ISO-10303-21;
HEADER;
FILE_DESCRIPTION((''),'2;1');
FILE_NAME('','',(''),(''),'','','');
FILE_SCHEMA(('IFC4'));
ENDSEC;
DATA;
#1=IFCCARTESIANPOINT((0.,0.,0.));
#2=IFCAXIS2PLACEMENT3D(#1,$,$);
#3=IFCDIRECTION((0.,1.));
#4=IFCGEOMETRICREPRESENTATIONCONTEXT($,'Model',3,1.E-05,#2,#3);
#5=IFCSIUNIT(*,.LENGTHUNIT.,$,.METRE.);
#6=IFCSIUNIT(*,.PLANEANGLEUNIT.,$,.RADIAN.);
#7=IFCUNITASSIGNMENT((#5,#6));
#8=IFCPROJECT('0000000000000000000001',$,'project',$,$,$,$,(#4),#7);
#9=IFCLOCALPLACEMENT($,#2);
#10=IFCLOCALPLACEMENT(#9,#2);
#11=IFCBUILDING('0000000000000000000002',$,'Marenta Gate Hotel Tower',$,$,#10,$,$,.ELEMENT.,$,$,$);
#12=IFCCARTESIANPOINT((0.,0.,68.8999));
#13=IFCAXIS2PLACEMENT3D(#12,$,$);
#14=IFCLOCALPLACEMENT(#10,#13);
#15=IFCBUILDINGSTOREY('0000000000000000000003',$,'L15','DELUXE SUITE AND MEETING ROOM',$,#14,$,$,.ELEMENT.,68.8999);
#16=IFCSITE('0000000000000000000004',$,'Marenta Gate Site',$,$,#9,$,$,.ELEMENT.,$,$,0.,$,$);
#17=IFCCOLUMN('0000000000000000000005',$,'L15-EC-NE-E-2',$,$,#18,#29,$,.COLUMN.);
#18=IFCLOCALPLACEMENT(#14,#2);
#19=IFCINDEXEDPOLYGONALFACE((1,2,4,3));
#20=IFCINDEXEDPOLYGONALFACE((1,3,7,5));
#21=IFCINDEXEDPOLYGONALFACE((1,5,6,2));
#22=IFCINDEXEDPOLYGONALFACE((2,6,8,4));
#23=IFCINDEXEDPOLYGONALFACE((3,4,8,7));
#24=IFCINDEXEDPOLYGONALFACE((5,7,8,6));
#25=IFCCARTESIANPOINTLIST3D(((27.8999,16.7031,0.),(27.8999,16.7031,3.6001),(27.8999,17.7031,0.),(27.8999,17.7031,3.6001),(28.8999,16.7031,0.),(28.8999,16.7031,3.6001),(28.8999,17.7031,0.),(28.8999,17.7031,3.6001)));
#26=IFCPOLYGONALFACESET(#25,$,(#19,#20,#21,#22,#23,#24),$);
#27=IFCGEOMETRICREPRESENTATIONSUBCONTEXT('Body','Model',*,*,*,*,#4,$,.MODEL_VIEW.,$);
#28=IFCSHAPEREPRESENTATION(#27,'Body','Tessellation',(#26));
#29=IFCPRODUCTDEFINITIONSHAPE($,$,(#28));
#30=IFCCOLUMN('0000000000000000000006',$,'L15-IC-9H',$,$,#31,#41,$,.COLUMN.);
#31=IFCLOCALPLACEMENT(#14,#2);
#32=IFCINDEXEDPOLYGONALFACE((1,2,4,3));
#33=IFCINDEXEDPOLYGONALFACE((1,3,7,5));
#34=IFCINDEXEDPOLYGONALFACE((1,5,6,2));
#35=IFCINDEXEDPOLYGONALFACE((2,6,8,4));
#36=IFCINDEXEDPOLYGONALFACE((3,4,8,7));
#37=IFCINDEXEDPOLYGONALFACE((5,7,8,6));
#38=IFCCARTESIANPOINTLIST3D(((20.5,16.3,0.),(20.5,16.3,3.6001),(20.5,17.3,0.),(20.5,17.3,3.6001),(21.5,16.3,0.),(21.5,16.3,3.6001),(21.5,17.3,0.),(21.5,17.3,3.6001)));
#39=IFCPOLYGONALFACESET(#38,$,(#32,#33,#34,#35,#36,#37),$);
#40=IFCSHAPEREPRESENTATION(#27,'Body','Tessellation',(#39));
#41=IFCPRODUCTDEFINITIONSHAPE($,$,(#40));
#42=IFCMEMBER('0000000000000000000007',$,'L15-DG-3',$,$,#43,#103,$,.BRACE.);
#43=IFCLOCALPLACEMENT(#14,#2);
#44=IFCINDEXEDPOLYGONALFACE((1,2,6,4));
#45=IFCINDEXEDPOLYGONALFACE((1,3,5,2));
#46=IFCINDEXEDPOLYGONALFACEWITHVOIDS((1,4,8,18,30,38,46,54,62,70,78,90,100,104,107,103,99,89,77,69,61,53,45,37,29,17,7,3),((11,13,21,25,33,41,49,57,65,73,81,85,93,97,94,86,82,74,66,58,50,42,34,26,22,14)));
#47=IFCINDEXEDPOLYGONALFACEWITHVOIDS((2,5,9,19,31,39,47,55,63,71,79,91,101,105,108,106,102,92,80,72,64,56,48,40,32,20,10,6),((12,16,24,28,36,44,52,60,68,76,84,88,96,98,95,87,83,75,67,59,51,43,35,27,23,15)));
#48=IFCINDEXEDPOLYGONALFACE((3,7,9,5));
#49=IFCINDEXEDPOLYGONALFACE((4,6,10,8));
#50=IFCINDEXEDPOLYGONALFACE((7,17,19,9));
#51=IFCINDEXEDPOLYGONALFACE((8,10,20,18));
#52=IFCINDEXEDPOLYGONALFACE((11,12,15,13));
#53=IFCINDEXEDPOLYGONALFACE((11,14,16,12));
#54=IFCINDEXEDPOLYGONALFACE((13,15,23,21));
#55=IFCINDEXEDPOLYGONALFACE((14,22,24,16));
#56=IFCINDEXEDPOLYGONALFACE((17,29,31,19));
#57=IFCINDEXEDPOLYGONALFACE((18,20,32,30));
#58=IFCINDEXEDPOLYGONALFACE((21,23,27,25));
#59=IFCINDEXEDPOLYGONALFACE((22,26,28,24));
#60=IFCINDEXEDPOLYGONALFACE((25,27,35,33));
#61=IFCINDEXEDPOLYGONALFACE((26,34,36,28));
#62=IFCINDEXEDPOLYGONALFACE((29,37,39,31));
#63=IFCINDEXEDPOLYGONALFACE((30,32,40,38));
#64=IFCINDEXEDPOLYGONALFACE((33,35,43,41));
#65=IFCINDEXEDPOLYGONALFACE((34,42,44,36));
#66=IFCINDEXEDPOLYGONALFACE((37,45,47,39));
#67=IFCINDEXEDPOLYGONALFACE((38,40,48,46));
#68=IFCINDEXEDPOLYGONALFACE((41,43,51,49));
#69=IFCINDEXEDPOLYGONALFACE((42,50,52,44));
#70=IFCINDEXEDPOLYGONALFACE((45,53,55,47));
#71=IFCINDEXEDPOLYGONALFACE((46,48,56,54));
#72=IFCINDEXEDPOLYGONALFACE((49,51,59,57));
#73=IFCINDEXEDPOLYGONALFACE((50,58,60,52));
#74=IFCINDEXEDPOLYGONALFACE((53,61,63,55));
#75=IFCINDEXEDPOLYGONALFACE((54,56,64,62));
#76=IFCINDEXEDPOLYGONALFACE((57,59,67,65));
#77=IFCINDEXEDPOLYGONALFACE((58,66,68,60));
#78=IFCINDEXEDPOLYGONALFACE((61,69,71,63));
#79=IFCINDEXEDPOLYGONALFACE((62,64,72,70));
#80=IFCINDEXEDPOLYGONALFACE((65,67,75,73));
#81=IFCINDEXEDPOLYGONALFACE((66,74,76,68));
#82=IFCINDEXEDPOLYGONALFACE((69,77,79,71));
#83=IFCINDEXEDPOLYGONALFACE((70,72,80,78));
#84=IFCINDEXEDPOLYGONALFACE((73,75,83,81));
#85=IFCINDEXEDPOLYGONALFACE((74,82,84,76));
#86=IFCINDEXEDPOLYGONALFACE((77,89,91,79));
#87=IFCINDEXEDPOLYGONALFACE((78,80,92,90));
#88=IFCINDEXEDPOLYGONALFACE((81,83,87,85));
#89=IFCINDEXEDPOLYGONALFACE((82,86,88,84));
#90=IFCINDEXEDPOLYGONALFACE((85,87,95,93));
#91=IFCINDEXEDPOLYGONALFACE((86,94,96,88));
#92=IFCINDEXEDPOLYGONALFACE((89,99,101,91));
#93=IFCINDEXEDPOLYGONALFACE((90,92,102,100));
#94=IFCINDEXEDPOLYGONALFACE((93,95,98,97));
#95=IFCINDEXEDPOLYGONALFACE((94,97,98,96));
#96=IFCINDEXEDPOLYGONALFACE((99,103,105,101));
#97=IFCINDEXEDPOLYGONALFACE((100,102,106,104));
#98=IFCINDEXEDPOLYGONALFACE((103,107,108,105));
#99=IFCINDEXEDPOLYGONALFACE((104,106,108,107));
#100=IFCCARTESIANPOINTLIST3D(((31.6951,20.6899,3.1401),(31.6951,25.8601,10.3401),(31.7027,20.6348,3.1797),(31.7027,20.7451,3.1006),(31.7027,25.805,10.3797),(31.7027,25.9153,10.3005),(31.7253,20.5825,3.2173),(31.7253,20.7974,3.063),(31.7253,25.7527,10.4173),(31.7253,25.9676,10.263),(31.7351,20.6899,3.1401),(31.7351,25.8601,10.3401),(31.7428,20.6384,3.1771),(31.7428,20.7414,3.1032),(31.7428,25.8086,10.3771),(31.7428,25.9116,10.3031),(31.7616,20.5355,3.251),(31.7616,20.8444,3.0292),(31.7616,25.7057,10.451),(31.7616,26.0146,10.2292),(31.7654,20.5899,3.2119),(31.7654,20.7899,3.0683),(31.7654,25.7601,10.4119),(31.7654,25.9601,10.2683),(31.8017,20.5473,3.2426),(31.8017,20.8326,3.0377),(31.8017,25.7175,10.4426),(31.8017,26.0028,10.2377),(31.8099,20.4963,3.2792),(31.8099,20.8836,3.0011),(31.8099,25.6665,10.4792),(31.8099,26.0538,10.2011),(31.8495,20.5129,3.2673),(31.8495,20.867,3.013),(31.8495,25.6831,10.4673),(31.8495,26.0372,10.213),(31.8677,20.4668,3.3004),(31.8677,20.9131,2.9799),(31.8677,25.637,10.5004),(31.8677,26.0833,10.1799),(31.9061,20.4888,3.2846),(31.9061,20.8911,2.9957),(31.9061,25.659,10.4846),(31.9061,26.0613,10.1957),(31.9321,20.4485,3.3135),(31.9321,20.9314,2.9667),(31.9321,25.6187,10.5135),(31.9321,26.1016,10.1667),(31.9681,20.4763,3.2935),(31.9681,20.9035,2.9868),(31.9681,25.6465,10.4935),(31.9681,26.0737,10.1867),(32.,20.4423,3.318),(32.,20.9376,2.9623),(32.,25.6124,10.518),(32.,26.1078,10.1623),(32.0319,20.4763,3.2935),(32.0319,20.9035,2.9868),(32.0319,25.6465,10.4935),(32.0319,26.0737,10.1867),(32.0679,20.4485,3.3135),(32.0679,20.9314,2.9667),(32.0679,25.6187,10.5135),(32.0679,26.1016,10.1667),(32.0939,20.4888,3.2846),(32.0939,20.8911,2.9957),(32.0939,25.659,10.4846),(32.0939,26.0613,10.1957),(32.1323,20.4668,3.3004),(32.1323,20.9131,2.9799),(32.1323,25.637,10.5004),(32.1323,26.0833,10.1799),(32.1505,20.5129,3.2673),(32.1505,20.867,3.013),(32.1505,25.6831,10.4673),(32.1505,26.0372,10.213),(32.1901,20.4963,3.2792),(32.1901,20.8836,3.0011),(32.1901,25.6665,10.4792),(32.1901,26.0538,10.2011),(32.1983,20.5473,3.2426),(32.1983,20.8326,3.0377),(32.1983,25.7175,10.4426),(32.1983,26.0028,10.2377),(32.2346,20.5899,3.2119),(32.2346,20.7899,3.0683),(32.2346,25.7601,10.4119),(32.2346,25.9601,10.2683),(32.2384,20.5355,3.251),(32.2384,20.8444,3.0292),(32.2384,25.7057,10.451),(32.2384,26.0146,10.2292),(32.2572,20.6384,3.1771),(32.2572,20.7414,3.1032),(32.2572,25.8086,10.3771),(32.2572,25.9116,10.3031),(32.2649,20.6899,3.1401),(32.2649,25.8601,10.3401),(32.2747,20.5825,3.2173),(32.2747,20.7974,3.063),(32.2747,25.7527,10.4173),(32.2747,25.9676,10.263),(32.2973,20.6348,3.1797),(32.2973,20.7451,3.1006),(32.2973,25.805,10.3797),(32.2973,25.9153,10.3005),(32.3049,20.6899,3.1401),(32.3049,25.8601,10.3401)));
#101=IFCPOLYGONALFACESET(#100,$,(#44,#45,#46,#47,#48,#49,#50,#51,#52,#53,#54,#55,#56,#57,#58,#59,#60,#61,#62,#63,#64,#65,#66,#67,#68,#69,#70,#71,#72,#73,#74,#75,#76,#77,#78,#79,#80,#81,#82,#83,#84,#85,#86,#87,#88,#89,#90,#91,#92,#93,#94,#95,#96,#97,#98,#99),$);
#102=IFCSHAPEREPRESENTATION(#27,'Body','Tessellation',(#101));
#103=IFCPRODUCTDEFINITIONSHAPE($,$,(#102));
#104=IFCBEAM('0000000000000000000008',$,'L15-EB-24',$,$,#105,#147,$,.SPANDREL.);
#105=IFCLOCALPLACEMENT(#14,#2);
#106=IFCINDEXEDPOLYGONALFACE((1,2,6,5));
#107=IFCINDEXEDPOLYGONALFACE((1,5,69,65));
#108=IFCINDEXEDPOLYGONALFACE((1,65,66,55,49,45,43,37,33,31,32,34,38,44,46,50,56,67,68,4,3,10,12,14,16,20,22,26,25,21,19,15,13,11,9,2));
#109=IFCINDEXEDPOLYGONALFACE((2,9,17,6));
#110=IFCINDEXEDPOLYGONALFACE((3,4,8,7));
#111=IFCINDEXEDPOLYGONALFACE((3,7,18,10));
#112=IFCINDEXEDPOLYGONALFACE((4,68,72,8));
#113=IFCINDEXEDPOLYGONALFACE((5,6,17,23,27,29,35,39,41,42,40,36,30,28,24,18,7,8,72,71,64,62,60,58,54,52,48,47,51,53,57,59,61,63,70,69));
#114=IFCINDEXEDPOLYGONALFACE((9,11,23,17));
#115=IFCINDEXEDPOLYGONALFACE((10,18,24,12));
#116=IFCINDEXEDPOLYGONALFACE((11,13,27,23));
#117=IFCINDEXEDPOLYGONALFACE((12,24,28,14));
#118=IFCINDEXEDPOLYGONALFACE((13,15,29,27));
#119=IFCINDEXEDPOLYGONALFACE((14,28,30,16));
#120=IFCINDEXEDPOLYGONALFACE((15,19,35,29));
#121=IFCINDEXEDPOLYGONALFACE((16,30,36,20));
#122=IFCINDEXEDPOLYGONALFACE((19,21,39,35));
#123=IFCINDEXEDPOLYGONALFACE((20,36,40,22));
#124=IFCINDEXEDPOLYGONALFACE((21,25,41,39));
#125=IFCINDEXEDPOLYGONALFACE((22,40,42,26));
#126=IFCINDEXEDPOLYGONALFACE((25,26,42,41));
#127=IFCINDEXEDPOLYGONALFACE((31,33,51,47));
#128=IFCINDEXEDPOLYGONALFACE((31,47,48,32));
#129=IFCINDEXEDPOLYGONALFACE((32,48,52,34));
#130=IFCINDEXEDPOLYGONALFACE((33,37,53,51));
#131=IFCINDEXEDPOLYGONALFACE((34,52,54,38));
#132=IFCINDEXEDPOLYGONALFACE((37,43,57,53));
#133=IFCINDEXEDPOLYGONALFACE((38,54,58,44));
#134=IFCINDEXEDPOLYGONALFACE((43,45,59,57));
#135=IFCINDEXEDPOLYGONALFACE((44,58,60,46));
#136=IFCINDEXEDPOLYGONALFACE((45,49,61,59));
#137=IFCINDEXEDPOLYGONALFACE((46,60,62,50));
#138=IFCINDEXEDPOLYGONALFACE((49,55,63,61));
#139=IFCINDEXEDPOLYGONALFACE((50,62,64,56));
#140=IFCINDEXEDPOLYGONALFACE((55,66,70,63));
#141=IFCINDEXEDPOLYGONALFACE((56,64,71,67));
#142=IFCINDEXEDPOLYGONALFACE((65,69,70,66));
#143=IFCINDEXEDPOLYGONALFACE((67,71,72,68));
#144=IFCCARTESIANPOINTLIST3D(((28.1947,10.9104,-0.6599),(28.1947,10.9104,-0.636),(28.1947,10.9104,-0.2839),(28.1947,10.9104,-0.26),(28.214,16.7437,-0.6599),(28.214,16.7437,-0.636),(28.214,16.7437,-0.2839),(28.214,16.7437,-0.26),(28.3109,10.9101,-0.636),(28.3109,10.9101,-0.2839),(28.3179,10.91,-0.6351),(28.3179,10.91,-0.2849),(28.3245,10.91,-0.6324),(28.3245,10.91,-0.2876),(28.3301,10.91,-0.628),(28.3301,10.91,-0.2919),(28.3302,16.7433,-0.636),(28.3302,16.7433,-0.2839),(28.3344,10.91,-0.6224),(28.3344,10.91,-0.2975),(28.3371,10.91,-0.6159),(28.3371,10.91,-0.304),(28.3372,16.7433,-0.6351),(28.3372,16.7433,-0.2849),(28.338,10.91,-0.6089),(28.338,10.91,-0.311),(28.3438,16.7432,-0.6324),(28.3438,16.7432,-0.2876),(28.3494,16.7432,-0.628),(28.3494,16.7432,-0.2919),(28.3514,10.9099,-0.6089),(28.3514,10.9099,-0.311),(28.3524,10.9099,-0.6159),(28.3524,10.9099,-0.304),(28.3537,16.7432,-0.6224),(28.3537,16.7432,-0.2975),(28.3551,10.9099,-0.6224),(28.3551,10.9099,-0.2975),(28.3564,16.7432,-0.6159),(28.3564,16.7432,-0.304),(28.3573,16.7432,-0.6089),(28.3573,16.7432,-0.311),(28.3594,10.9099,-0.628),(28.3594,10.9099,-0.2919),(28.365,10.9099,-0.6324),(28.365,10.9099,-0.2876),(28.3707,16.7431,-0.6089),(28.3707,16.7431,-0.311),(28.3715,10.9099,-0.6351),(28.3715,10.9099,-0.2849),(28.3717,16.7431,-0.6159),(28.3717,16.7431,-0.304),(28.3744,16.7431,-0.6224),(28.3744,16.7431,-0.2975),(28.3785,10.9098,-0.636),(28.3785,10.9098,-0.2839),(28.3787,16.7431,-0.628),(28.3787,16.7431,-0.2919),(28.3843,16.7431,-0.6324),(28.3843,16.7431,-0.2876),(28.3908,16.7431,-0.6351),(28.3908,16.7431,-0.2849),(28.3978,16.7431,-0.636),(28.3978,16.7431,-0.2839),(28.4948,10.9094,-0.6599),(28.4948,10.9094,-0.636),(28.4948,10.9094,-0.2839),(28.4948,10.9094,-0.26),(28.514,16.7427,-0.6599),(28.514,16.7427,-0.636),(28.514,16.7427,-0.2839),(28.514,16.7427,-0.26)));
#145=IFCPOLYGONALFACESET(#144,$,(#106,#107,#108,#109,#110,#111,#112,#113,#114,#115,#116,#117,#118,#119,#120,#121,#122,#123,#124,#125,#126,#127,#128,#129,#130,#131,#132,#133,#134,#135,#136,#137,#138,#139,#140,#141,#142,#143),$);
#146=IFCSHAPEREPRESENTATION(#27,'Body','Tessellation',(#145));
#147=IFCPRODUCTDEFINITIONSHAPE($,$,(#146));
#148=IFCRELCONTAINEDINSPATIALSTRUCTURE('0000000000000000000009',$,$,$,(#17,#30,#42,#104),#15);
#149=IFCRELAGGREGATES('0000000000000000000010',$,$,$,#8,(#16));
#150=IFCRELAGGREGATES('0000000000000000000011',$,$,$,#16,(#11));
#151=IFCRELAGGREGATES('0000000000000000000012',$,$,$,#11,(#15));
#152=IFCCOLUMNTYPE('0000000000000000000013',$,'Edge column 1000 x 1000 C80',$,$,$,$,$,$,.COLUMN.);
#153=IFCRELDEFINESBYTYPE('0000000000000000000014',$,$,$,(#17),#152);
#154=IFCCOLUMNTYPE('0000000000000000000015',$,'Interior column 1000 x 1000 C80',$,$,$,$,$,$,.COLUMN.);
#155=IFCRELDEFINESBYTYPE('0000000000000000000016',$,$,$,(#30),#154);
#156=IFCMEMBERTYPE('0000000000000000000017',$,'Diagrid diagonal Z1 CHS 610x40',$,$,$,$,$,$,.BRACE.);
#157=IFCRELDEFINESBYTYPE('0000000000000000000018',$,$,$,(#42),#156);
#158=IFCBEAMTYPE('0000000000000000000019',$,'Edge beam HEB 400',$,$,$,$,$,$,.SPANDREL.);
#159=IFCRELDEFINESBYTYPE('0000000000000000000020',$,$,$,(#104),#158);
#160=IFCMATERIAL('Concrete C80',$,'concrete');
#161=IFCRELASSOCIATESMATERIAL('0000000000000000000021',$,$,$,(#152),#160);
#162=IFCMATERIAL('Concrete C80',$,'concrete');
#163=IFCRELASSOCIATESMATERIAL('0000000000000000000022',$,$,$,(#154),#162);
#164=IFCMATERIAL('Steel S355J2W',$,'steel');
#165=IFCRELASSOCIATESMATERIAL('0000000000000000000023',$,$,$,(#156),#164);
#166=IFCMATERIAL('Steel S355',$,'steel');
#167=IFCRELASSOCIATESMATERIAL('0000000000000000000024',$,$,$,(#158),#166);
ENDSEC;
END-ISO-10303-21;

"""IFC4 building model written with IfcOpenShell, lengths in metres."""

from ifc_helpers import new_model, si_unit, direction, frame, origin, origin_2d, place, context, subcontext, project, spatial, rectangle, hollow_circle, i_section, extrude, material, material_profile, profile_set, type_object, element, save


model = new_model("IFC4")

# Units and contexts
model_context = context("Model", 3, precision=1e-05, world=origin(), true_north=direction((0.0, 1.0)))
body_context = subcontext(model_context, "Body", "Model", "MODEL_VIEW")
ifc_project = project(units=[si_unit("LENGTHUNIT", "METRE"), si_unit("PLANEANGLEUNIT", "RADIAN")], contexts=[model_context])

# Site, building, storey
site_placement = place(None, origin())
site = spatial("IfcSite", under=ifc_project, at=site_placement, Name="Marenta Gate Site", CompositionType="ELEMENT", RefElevation=0.0)
building_placement = place(site_placement, origin())
building = spatial("IfcBuilding", under=site, at=building_placement, Name="Marenta Gate Hotel Tower", CompositionType="ELEMENT")
storey_placement = place(building_placement, frame((0.0, 0.0, 68.8999)))
storey = spatial("IfcBuildingStorey", under=building, at=storey_placement, Name="L15", Description="DELUXE SUITE AND MEETING ROOM", CompositionType="ELEMENT", Elevation=68.8999)

# Columns
ifc_material_1 = material(Name="Concrete C80", Category="concrete")
ifc_material_profile_1 = material_profile(ifc_material_1, rectangle(XDim=1.0, YDim=1.0, at=origin_2d()), Name="1000 x 1000")
ifc_profile_set_1 = profile_set([ifc_material_profile_1], Name="Concrete C80")
column_type_1 = type_object("IfcColumnType", Name="Edge column 1000 x 1000 C80", PredefinedType="COLUMN", material=ifc_profile_set_1)
column_1_placement = place(storey_placement, frame((28.3999, 17.2031, 0.0), z_axis=(0.0, 0.0, 1.0), x_axis=(1.0, 0.0, 0.0)))
element("IfcColumn", 1, at=column_1_placement, inside=storey, type_object=column_type_1, Name="L15-EC-NE-E-2", PredefinedType="COLUMN", context=body_context, shape_type="SweptSolid", body=[
    extrude(rectangle(XDim=1.0, YDim=1.0, at=origin_2d()), origin(), (0.0, 0.0, 1.0), 3.6001),
])
ifc_material_2 = material(Name="Concrete C80", Category="concrete")
ifc_material_profile_2 = material_profile(ifc_material_2, rectangle(XDim=1.0, YDim=1.0, at=origin_2d()), Name="1000 x 1000")
ifc_profile_set_2 = profile_set([ifc_material_profile_2], Name="Concrete C80")
column_type_2 = type_object("IfcColumnType", Name="Interior column 1000 x 1000 C80", PredefinedType="COLUMN", material=ifc_profile_set_2)
column_2_placement = place(storey_placement, frame((21.0, 16.8, 0.0), z_axis=(0.0, 0.0, 1.0), x_axis=(1.0, 0.0, 0.0)))
element("IfcColumn", 2, at=column_2_placement, inside=storey, type_object=column_type_2, Name="L15-IC-9H", PredefinedType="COLUMN", context=body_context, shape_type="SweptSolid", body=[
    extrude(rectangle(XDim=1.0, YDim=1.0, at=origin_2d()), origin(), (0.0, 0.0, 1.0), 3.6001),
])

# Member
ifc_material_3 = material(Name="Steel S355J2W", Category="steel")
ifc_material_profile_3 = material_profile(ifc_material_3, hollow_circle(Radius=0.3049, WallThickness=0.04, at=origin_2d()), Name="CHS 610x40")
ifc_profile_set_3 = profile_set([ifc_material_profile_3], Name="Steel S355J2W")
member_type_1 = type_object("IfcMemberType", Name="Diagrid diagonal Z1 CHS 610x40", PredefinedType="BRACE", material=ifc_profile_set_3)
member_1_placement = place(storey_placement, frame((32.0, 20.6899, 3.1401), z_axis=(0.0, 0.583279, 0.812272), x_axis=(-1.0, 0.0, 0.0)))
element("IfcMember", 3, at=member_1_placement, inside=storey, type_object=member_type_1, Name="L15-DG-3", PredefinedType="BRACE", context=body_context, shape_type="SweptSolid", body=[
    extrude(hollow_circle(Radius=0.3049, WallThickness=0.04, at=origin_2d()), origin(), (0.0, 0.0, 1.0), 8.864),
])

# Beam
ifc_material_4 = material(Name="Steel S355", Category="steel")
ifc_material_profile_4 = material_profile(ifc_material_4, i_section(OverallWidth=0.3, OverallDepth=0.3999, WebThickness=0.0134, FlangeThickness=0.0239, FilletRadius=0.0271, at=origin_2d()), Name="HEB 400")
ifc_profile_set_4 = profile_set([ifc_material_profile_4], Name="Steel S355")
beam_type_1 = type_object("IfcBeamType", Name="Edge beam HEB 400", PredefinedType="SPANDREL", material=ifc_profile_set_4)
beam_1_placement = place(storey_placement, frame((28.364, 16.7432, -0.46), z_axis=(-0.003306, -0.999995, 0.0), x_axis=(0.999995, -0.003306, 0.0)))
element("IfcBeam", 4, at=beam_1_placement, inside=storey, type_object=beam_type_1, Name="L15-EB-24", PredefinedType="SPANDREL", context=body_context, shape_type="SweptSolid", body=[
    extrude(i_section(OverallWidth=0.3, OverallDepth=0.3999, WebThickness=0.0134, FlangeThickness=0.0239, FilletRadius=0.0271, at=origin_2d()), origin(), (0.0, 0.0, 1.0), 5.8333),
])

save(model, "model.ifc")
